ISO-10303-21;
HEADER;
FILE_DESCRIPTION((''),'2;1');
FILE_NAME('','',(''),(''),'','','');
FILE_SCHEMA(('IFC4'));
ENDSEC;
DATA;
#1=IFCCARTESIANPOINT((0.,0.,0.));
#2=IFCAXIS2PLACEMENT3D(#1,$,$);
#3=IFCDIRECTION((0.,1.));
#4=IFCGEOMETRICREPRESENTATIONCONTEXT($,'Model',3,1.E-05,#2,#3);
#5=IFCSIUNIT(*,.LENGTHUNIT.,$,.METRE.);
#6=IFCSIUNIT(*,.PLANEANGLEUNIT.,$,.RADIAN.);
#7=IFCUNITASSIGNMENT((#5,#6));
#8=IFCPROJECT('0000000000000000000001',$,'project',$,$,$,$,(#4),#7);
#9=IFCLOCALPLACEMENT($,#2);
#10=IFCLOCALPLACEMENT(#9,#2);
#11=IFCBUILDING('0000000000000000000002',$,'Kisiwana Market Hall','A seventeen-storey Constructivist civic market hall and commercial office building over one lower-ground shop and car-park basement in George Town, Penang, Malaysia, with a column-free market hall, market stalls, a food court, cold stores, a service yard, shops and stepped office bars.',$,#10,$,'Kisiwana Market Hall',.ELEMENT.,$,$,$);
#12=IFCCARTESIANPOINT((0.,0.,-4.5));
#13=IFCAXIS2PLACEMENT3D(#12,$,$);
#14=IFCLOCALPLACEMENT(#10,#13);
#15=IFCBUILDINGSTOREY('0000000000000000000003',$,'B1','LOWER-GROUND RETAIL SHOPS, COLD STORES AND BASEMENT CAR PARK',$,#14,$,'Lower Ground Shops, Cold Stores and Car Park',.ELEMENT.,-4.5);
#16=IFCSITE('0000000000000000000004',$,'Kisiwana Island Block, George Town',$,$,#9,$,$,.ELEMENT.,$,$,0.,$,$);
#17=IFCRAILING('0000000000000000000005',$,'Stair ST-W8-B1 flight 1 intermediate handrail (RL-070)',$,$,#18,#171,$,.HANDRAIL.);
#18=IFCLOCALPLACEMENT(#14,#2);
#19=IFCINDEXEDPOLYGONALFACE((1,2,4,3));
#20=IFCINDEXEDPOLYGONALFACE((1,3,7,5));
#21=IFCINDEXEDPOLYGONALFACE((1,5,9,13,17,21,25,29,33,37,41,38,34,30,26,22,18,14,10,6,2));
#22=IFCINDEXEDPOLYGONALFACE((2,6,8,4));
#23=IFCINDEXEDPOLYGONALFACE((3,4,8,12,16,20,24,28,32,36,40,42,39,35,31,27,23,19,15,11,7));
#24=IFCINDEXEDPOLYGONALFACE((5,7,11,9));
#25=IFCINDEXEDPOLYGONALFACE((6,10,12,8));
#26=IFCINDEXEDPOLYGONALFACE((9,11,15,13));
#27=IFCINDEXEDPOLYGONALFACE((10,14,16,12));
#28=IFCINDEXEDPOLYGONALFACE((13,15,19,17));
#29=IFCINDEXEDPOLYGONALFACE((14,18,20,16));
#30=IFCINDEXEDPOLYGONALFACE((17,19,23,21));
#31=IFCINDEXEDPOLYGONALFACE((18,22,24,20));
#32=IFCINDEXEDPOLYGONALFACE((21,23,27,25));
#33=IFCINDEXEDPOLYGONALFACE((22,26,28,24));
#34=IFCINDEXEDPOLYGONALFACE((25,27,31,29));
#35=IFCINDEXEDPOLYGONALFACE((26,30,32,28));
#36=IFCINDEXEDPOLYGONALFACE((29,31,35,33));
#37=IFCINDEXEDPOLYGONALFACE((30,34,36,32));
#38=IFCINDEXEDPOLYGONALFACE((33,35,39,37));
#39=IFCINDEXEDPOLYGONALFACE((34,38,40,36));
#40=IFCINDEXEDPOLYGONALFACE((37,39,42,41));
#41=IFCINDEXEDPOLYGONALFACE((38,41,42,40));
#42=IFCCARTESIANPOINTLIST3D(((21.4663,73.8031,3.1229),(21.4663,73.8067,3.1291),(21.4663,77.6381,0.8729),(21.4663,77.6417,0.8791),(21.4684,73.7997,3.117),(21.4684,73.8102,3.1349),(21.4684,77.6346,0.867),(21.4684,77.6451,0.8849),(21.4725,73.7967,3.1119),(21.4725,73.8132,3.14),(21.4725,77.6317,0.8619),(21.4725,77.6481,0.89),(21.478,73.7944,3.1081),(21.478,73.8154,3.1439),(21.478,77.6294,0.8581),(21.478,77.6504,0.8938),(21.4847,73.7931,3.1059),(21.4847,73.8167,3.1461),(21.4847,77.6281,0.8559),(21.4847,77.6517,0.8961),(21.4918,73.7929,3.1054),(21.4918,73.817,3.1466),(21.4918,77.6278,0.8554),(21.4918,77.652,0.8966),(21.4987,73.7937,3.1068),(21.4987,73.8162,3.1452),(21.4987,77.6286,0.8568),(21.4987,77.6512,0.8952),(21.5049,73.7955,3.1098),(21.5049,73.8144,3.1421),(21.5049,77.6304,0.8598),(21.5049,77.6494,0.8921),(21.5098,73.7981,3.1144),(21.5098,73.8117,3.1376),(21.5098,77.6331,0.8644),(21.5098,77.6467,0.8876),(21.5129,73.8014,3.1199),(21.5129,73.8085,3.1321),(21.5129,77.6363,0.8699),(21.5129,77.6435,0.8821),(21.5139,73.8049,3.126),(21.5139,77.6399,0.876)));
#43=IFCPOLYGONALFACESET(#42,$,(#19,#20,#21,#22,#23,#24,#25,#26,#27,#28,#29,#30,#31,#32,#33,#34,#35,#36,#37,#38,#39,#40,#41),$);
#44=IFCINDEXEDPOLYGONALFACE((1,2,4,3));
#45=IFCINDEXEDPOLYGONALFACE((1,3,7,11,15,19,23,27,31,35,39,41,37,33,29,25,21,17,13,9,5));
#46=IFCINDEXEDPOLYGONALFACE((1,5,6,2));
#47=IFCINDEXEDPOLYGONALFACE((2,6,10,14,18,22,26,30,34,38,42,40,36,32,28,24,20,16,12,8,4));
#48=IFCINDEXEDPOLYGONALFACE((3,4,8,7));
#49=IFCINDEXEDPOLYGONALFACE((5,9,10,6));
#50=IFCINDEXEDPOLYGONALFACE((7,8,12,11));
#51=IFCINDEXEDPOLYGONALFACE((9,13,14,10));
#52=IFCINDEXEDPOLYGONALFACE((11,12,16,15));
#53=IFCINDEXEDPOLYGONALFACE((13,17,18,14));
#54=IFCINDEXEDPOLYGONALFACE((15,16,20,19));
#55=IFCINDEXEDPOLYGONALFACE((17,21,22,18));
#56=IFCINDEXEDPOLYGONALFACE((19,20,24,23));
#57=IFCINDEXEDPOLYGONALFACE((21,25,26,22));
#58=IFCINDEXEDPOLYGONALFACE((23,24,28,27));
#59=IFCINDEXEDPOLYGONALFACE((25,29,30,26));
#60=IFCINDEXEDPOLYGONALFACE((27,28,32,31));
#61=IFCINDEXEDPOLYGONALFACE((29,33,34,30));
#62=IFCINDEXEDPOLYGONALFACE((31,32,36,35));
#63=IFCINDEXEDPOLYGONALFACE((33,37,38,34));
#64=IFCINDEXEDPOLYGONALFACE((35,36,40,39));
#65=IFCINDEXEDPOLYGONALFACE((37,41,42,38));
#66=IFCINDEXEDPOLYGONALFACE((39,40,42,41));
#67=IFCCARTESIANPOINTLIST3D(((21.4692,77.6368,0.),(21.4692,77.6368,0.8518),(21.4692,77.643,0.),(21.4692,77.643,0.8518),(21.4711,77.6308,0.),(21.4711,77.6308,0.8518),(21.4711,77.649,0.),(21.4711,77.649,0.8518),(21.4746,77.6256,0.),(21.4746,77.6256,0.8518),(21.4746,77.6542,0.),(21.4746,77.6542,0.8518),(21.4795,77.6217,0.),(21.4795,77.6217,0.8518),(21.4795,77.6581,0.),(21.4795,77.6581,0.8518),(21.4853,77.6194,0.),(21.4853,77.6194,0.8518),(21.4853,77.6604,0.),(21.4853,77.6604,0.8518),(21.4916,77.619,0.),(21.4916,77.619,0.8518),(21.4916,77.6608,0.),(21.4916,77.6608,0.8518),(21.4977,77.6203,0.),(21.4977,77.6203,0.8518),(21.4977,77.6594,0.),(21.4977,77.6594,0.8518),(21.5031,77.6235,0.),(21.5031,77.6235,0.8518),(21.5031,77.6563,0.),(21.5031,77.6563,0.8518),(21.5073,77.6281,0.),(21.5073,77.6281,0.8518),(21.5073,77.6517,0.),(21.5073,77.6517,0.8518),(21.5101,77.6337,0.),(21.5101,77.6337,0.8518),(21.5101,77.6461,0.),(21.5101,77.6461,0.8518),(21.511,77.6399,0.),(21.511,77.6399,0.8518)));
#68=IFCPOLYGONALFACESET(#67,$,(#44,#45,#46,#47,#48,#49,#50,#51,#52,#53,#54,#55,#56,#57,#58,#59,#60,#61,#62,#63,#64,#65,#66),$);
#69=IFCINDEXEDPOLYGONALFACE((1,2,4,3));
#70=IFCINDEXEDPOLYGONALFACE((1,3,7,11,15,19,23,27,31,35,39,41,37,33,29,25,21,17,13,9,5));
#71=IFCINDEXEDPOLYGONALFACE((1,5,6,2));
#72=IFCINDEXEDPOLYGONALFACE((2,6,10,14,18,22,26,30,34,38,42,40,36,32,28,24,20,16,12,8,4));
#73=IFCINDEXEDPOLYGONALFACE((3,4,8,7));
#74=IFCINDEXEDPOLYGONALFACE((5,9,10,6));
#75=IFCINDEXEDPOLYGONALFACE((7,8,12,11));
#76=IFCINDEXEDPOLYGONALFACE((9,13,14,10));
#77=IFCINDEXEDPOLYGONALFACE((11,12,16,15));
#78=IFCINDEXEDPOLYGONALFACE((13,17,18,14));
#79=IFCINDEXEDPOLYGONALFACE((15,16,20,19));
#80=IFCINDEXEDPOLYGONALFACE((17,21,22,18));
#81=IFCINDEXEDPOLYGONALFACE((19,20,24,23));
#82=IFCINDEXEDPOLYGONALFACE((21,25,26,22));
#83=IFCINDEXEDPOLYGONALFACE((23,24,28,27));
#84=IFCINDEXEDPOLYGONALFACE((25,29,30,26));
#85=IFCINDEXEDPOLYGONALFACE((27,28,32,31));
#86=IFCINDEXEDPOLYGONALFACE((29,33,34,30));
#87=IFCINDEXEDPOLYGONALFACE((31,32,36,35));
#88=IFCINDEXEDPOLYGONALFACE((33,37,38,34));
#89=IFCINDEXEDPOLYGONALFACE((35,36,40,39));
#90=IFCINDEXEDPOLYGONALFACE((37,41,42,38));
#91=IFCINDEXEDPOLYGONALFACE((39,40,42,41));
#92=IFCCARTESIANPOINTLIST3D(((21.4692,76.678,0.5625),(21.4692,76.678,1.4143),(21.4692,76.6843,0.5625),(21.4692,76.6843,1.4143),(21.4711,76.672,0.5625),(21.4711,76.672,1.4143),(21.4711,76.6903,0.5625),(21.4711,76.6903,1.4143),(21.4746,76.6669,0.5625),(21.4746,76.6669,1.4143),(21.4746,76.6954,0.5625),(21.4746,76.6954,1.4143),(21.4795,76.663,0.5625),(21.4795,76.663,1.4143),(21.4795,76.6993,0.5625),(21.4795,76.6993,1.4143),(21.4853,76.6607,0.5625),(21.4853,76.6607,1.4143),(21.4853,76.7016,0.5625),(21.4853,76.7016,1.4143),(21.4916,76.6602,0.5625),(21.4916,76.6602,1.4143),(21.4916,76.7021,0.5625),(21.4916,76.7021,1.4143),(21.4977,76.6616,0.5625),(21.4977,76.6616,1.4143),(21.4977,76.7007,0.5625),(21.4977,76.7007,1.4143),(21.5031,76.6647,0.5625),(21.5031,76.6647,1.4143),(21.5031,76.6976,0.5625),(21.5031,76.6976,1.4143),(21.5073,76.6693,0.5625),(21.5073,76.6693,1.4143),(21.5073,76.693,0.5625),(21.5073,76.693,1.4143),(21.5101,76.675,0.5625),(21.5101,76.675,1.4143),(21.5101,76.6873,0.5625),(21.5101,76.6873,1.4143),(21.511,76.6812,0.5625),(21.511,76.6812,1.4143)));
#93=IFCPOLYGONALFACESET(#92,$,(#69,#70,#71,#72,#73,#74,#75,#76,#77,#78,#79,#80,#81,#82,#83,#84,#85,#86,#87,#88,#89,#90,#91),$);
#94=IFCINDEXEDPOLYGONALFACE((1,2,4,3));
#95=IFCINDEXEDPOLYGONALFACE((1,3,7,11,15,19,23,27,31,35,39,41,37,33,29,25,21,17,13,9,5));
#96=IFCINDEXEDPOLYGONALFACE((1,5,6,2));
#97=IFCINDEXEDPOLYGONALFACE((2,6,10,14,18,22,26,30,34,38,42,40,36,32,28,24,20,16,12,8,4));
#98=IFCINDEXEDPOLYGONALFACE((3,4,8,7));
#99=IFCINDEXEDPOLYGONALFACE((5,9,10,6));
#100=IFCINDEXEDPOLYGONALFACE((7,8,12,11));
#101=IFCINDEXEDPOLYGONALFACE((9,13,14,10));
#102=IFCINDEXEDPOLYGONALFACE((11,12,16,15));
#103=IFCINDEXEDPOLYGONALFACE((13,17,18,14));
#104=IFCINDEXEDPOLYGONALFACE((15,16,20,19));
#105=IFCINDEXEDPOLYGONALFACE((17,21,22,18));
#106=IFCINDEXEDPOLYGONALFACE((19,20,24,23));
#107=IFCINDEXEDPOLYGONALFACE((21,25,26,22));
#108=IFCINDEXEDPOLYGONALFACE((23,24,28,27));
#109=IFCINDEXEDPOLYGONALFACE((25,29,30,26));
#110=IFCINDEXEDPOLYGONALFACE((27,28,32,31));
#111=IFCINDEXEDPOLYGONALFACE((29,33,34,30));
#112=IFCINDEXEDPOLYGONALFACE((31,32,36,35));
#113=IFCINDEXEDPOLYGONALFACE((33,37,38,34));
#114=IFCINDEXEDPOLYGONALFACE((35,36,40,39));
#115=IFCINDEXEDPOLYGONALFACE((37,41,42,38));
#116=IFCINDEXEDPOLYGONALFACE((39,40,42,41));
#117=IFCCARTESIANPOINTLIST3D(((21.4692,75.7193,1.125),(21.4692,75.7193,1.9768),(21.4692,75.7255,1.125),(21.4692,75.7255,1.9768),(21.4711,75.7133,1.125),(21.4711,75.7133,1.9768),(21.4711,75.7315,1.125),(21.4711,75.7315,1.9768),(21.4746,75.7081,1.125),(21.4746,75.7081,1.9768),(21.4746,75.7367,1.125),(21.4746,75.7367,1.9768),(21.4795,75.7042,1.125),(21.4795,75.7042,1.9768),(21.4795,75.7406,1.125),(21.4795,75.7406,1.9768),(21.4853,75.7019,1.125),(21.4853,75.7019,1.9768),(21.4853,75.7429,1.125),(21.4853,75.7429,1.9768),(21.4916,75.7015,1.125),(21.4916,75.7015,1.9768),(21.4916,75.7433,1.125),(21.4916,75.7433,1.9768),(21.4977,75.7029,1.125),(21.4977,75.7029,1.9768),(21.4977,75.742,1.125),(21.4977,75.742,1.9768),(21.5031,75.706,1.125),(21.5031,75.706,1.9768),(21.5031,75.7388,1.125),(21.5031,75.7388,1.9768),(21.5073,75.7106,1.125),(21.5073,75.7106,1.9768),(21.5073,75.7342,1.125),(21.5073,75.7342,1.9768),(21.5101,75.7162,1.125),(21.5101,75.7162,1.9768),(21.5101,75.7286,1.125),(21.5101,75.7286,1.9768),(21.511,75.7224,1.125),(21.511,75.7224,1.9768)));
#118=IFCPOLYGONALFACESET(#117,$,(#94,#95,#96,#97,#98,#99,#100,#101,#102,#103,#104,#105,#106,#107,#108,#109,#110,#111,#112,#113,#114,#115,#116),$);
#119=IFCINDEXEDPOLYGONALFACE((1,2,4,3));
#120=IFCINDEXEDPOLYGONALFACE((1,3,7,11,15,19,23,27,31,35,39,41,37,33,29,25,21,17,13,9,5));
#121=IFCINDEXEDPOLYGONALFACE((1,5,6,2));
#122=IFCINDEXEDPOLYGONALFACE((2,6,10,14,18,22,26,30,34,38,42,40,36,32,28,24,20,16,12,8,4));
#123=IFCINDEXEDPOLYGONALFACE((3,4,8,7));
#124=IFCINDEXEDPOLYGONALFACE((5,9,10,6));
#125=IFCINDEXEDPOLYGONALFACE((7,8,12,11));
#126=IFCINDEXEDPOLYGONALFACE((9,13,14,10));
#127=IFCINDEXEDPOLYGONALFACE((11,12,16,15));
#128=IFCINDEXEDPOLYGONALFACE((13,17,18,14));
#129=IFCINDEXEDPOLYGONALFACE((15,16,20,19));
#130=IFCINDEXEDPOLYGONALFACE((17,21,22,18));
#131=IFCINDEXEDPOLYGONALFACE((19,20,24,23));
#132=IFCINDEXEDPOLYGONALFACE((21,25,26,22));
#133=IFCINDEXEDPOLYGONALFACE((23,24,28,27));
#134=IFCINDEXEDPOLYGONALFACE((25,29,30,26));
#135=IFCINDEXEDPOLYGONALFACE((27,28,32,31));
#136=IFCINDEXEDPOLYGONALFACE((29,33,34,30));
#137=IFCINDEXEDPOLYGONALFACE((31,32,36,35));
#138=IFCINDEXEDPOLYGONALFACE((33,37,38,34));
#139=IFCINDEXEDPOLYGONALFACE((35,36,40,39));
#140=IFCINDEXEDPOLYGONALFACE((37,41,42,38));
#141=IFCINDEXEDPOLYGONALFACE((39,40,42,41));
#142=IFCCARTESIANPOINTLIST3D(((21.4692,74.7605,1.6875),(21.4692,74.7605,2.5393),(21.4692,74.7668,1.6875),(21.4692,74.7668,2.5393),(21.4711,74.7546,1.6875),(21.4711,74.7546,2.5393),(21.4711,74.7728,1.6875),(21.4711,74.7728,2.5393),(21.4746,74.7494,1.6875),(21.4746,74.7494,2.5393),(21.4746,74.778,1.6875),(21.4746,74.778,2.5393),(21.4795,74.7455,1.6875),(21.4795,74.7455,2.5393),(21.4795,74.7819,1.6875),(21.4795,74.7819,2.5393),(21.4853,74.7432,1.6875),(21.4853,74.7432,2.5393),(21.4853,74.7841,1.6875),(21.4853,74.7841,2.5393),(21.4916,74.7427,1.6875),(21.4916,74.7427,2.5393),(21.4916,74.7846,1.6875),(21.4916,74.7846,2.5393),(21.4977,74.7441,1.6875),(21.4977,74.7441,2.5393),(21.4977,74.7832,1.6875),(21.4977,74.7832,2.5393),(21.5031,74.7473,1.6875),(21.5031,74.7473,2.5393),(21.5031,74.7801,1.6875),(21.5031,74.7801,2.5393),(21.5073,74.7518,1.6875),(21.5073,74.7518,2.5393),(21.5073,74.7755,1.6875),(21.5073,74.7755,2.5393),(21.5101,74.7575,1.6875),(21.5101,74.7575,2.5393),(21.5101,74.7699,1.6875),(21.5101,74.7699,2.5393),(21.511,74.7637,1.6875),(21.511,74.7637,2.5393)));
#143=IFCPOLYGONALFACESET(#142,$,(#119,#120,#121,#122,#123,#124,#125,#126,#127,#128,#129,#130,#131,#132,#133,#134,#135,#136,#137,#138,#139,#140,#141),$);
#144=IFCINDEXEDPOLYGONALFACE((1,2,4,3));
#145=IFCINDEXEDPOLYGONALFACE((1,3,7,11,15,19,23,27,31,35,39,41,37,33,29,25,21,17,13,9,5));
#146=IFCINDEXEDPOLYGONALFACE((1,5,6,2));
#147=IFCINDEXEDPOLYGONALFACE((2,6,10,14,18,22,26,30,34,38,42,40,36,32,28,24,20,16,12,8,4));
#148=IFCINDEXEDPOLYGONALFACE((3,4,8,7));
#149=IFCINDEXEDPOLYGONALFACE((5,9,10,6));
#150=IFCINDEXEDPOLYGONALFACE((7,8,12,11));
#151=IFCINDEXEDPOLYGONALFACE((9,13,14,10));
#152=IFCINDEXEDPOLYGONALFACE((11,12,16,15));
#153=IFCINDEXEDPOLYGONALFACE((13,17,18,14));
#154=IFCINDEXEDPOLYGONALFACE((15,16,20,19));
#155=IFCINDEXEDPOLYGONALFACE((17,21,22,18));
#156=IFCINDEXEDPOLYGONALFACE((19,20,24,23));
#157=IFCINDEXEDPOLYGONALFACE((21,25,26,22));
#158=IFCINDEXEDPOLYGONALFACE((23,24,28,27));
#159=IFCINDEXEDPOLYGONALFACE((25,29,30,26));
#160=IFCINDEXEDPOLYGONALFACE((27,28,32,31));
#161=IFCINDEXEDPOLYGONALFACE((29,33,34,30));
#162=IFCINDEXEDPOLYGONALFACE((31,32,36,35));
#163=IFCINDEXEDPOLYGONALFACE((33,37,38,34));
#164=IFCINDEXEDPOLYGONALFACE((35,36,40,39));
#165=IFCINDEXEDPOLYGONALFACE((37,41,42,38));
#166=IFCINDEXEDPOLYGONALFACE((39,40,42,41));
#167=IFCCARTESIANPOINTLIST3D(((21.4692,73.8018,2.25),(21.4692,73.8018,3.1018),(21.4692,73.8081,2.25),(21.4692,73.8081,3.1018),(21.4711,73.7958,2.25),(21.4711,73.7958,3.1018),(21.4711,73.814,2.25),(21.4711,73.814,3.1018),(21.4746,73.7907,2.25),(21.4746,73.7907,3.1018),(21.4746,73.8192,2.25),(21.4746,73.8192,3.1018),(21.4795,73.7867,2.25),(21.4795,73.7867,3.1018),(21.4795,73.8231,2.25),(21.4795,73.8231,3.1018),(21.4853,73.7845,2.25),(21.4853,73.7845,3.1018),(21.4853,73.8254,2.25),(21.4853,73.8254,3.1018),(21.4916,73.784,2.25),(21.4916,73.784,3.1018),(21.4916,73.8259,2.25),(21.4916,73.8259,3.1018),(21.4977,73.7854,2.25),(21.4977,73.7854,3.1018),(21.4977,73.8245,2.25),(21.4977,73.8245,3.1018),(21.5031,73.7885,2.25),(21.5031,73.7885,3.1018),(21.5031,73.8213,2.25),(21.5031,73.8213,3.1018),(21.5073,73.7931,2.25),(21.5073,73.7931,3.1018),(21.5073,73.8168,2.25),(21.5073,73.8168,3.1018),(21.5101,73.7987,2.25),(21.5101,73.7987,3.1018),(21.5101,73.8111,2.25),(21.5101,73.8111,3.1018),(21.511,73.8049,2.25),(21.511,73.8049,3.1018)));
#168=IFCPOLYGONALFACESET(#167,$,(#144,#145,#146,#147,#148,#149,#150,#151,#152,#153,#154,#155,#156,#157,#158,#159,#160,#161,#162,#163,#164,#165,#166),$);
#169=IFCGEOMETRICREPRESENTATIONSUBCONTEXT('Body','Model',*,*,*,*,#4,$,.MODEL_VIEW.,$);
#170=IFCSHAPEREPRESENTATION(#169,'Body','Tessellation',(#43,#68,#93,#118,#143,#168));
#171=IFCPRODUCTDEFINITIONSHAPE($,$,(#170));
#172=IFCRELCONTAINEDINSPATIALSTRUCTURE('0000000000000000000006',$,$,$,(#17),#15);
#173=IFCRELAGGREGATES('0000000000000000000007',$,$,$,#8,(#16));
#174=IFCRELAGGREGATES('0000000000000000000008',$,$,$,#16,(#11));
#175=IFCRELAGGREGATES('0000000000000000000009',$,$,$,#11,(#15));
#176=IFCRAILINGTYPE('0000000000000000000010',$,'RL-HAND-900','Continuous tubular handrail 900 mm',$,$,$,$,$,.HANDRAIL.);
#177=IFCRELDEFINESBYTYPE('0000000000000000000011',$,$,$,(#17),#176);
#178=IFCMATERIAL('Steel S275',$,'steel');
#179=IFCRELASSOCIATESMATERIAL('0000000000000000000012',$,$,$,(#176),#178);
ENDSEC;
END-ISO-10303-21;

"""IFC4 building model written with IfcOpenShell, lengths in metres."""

from ifc_helpers import new_model, si_unit, direction, frame, origin, origin_2d, place, context, subcontext, project, spatial, circle, extrude, material, type_object, element, save


model = new_model("IFC4")

# Units and contexts
model_context = context("Model", 3, precision=1e-05, world=origin(), true_north=direction((0.0, 1.0)))
body_context = subcontext(model_context, "Body", "Model", "MODEL_VIEW")
ifc_project = project(units=[si_unit("LENGTHUNIT", "METRE"), si_unit("PLANEANGLEUNIT", "RADIAN")], contexts=[model_context])

# Site, building, storey
site_placement = place(None, origin())
site = spatial("IfcSite", under=ifc_project, at=site_placement, Name="Kisiwana Island Block, George Town", CompositionType="ELEMENT", RefElevation=0.0)
building_placement = place(site_placement, origin())
building = spatial("IfcBuilding", under=site, at=building_placement, Name="Kisiwana Market Hall", Description="A seventeen-storey Constructivist civic market hall and commercial office building over one lower-ground shop and car-park basement in George Town, Penang, Malaysia, with a column-free market hall, market stalls, a food court, cold stores, a service yard, shops and stepped office bars.", LongName="Kisiwana Market Hall", CompositionType="ELEMENT")
storey_placement = place(building_placement, frame((0.0, 0.0, -4.5)))
storey = spatial("IfcBuildingStorey", under=building, at=storey_placement, Name="B1", Description="LOWER-GROUND RETAIL SHOPS, COLD STORES AND BASEMENT CAR PARK", LongName="Lower Ground Shops, Cold Stores and Car Park", CompositionType="ELEMENT", Elevation=-4.5)

# Railing
ifc_material_1 = material(Name="Steel S275", Category="steel")
railing_type_1 = type_object("IfcRailingType", Name="RL-HAND-900", Description="Continuous tubular handrail 900 mm", PredefinedType="HANDRAIL", material=ifc_material_1)
railing_1_placement = place(storey_placement, frame((21.49, 77.6399, 0.0)))
element("IfcRailing", 1, at=railing_1_placement, inside=storey, type_object=railing_type_1, Name="Stair ST-W8-B1 flight 1 intermediate handrail (RL-070)", PredefinedType="HANDRAIL", context=body_context, shape_type="SweptSolid", body=[
    extrude(circle(Radius=0.0239, at=origin_2d()), frame((0.0, 0.0, 0.876), z_axis=(0.0, -0.86251, 0.506041), x_axis=(1.0, 0.0, 0.0)), (0.0, 0.0, 1.0), 4.4463),
    extrude(circle(Radius=0.021, at=origin_2d()), origin(), (0.0, 0.0, 1.0), 0.8518),
    extrude(circle(Radius=0.021, at=origin_2d()), frame((0.0, -0.9587, 0.5625)), (0.0, 0.0, 1.0), 0.8518),
    extrude(circle(Radius=0.021, at=origin_2d()), frame((0.0, -1.9175, 1.125)), (0.0, 0.0, 1.0), 0.8518),
    extrude(circle(Radius=0.021, at=origin_2d()), frame((0.0, -2.8762, 1.6875)), (0.0, 0.0, 1.0), 0.8518),
    extrude(circle(Radius=0.021, at=origin_2d()), frame((0.0, -3.835, 2.25)), (0.0, 0.0, 1.0), 0.8518),
])

save(model, "model.ifc")
